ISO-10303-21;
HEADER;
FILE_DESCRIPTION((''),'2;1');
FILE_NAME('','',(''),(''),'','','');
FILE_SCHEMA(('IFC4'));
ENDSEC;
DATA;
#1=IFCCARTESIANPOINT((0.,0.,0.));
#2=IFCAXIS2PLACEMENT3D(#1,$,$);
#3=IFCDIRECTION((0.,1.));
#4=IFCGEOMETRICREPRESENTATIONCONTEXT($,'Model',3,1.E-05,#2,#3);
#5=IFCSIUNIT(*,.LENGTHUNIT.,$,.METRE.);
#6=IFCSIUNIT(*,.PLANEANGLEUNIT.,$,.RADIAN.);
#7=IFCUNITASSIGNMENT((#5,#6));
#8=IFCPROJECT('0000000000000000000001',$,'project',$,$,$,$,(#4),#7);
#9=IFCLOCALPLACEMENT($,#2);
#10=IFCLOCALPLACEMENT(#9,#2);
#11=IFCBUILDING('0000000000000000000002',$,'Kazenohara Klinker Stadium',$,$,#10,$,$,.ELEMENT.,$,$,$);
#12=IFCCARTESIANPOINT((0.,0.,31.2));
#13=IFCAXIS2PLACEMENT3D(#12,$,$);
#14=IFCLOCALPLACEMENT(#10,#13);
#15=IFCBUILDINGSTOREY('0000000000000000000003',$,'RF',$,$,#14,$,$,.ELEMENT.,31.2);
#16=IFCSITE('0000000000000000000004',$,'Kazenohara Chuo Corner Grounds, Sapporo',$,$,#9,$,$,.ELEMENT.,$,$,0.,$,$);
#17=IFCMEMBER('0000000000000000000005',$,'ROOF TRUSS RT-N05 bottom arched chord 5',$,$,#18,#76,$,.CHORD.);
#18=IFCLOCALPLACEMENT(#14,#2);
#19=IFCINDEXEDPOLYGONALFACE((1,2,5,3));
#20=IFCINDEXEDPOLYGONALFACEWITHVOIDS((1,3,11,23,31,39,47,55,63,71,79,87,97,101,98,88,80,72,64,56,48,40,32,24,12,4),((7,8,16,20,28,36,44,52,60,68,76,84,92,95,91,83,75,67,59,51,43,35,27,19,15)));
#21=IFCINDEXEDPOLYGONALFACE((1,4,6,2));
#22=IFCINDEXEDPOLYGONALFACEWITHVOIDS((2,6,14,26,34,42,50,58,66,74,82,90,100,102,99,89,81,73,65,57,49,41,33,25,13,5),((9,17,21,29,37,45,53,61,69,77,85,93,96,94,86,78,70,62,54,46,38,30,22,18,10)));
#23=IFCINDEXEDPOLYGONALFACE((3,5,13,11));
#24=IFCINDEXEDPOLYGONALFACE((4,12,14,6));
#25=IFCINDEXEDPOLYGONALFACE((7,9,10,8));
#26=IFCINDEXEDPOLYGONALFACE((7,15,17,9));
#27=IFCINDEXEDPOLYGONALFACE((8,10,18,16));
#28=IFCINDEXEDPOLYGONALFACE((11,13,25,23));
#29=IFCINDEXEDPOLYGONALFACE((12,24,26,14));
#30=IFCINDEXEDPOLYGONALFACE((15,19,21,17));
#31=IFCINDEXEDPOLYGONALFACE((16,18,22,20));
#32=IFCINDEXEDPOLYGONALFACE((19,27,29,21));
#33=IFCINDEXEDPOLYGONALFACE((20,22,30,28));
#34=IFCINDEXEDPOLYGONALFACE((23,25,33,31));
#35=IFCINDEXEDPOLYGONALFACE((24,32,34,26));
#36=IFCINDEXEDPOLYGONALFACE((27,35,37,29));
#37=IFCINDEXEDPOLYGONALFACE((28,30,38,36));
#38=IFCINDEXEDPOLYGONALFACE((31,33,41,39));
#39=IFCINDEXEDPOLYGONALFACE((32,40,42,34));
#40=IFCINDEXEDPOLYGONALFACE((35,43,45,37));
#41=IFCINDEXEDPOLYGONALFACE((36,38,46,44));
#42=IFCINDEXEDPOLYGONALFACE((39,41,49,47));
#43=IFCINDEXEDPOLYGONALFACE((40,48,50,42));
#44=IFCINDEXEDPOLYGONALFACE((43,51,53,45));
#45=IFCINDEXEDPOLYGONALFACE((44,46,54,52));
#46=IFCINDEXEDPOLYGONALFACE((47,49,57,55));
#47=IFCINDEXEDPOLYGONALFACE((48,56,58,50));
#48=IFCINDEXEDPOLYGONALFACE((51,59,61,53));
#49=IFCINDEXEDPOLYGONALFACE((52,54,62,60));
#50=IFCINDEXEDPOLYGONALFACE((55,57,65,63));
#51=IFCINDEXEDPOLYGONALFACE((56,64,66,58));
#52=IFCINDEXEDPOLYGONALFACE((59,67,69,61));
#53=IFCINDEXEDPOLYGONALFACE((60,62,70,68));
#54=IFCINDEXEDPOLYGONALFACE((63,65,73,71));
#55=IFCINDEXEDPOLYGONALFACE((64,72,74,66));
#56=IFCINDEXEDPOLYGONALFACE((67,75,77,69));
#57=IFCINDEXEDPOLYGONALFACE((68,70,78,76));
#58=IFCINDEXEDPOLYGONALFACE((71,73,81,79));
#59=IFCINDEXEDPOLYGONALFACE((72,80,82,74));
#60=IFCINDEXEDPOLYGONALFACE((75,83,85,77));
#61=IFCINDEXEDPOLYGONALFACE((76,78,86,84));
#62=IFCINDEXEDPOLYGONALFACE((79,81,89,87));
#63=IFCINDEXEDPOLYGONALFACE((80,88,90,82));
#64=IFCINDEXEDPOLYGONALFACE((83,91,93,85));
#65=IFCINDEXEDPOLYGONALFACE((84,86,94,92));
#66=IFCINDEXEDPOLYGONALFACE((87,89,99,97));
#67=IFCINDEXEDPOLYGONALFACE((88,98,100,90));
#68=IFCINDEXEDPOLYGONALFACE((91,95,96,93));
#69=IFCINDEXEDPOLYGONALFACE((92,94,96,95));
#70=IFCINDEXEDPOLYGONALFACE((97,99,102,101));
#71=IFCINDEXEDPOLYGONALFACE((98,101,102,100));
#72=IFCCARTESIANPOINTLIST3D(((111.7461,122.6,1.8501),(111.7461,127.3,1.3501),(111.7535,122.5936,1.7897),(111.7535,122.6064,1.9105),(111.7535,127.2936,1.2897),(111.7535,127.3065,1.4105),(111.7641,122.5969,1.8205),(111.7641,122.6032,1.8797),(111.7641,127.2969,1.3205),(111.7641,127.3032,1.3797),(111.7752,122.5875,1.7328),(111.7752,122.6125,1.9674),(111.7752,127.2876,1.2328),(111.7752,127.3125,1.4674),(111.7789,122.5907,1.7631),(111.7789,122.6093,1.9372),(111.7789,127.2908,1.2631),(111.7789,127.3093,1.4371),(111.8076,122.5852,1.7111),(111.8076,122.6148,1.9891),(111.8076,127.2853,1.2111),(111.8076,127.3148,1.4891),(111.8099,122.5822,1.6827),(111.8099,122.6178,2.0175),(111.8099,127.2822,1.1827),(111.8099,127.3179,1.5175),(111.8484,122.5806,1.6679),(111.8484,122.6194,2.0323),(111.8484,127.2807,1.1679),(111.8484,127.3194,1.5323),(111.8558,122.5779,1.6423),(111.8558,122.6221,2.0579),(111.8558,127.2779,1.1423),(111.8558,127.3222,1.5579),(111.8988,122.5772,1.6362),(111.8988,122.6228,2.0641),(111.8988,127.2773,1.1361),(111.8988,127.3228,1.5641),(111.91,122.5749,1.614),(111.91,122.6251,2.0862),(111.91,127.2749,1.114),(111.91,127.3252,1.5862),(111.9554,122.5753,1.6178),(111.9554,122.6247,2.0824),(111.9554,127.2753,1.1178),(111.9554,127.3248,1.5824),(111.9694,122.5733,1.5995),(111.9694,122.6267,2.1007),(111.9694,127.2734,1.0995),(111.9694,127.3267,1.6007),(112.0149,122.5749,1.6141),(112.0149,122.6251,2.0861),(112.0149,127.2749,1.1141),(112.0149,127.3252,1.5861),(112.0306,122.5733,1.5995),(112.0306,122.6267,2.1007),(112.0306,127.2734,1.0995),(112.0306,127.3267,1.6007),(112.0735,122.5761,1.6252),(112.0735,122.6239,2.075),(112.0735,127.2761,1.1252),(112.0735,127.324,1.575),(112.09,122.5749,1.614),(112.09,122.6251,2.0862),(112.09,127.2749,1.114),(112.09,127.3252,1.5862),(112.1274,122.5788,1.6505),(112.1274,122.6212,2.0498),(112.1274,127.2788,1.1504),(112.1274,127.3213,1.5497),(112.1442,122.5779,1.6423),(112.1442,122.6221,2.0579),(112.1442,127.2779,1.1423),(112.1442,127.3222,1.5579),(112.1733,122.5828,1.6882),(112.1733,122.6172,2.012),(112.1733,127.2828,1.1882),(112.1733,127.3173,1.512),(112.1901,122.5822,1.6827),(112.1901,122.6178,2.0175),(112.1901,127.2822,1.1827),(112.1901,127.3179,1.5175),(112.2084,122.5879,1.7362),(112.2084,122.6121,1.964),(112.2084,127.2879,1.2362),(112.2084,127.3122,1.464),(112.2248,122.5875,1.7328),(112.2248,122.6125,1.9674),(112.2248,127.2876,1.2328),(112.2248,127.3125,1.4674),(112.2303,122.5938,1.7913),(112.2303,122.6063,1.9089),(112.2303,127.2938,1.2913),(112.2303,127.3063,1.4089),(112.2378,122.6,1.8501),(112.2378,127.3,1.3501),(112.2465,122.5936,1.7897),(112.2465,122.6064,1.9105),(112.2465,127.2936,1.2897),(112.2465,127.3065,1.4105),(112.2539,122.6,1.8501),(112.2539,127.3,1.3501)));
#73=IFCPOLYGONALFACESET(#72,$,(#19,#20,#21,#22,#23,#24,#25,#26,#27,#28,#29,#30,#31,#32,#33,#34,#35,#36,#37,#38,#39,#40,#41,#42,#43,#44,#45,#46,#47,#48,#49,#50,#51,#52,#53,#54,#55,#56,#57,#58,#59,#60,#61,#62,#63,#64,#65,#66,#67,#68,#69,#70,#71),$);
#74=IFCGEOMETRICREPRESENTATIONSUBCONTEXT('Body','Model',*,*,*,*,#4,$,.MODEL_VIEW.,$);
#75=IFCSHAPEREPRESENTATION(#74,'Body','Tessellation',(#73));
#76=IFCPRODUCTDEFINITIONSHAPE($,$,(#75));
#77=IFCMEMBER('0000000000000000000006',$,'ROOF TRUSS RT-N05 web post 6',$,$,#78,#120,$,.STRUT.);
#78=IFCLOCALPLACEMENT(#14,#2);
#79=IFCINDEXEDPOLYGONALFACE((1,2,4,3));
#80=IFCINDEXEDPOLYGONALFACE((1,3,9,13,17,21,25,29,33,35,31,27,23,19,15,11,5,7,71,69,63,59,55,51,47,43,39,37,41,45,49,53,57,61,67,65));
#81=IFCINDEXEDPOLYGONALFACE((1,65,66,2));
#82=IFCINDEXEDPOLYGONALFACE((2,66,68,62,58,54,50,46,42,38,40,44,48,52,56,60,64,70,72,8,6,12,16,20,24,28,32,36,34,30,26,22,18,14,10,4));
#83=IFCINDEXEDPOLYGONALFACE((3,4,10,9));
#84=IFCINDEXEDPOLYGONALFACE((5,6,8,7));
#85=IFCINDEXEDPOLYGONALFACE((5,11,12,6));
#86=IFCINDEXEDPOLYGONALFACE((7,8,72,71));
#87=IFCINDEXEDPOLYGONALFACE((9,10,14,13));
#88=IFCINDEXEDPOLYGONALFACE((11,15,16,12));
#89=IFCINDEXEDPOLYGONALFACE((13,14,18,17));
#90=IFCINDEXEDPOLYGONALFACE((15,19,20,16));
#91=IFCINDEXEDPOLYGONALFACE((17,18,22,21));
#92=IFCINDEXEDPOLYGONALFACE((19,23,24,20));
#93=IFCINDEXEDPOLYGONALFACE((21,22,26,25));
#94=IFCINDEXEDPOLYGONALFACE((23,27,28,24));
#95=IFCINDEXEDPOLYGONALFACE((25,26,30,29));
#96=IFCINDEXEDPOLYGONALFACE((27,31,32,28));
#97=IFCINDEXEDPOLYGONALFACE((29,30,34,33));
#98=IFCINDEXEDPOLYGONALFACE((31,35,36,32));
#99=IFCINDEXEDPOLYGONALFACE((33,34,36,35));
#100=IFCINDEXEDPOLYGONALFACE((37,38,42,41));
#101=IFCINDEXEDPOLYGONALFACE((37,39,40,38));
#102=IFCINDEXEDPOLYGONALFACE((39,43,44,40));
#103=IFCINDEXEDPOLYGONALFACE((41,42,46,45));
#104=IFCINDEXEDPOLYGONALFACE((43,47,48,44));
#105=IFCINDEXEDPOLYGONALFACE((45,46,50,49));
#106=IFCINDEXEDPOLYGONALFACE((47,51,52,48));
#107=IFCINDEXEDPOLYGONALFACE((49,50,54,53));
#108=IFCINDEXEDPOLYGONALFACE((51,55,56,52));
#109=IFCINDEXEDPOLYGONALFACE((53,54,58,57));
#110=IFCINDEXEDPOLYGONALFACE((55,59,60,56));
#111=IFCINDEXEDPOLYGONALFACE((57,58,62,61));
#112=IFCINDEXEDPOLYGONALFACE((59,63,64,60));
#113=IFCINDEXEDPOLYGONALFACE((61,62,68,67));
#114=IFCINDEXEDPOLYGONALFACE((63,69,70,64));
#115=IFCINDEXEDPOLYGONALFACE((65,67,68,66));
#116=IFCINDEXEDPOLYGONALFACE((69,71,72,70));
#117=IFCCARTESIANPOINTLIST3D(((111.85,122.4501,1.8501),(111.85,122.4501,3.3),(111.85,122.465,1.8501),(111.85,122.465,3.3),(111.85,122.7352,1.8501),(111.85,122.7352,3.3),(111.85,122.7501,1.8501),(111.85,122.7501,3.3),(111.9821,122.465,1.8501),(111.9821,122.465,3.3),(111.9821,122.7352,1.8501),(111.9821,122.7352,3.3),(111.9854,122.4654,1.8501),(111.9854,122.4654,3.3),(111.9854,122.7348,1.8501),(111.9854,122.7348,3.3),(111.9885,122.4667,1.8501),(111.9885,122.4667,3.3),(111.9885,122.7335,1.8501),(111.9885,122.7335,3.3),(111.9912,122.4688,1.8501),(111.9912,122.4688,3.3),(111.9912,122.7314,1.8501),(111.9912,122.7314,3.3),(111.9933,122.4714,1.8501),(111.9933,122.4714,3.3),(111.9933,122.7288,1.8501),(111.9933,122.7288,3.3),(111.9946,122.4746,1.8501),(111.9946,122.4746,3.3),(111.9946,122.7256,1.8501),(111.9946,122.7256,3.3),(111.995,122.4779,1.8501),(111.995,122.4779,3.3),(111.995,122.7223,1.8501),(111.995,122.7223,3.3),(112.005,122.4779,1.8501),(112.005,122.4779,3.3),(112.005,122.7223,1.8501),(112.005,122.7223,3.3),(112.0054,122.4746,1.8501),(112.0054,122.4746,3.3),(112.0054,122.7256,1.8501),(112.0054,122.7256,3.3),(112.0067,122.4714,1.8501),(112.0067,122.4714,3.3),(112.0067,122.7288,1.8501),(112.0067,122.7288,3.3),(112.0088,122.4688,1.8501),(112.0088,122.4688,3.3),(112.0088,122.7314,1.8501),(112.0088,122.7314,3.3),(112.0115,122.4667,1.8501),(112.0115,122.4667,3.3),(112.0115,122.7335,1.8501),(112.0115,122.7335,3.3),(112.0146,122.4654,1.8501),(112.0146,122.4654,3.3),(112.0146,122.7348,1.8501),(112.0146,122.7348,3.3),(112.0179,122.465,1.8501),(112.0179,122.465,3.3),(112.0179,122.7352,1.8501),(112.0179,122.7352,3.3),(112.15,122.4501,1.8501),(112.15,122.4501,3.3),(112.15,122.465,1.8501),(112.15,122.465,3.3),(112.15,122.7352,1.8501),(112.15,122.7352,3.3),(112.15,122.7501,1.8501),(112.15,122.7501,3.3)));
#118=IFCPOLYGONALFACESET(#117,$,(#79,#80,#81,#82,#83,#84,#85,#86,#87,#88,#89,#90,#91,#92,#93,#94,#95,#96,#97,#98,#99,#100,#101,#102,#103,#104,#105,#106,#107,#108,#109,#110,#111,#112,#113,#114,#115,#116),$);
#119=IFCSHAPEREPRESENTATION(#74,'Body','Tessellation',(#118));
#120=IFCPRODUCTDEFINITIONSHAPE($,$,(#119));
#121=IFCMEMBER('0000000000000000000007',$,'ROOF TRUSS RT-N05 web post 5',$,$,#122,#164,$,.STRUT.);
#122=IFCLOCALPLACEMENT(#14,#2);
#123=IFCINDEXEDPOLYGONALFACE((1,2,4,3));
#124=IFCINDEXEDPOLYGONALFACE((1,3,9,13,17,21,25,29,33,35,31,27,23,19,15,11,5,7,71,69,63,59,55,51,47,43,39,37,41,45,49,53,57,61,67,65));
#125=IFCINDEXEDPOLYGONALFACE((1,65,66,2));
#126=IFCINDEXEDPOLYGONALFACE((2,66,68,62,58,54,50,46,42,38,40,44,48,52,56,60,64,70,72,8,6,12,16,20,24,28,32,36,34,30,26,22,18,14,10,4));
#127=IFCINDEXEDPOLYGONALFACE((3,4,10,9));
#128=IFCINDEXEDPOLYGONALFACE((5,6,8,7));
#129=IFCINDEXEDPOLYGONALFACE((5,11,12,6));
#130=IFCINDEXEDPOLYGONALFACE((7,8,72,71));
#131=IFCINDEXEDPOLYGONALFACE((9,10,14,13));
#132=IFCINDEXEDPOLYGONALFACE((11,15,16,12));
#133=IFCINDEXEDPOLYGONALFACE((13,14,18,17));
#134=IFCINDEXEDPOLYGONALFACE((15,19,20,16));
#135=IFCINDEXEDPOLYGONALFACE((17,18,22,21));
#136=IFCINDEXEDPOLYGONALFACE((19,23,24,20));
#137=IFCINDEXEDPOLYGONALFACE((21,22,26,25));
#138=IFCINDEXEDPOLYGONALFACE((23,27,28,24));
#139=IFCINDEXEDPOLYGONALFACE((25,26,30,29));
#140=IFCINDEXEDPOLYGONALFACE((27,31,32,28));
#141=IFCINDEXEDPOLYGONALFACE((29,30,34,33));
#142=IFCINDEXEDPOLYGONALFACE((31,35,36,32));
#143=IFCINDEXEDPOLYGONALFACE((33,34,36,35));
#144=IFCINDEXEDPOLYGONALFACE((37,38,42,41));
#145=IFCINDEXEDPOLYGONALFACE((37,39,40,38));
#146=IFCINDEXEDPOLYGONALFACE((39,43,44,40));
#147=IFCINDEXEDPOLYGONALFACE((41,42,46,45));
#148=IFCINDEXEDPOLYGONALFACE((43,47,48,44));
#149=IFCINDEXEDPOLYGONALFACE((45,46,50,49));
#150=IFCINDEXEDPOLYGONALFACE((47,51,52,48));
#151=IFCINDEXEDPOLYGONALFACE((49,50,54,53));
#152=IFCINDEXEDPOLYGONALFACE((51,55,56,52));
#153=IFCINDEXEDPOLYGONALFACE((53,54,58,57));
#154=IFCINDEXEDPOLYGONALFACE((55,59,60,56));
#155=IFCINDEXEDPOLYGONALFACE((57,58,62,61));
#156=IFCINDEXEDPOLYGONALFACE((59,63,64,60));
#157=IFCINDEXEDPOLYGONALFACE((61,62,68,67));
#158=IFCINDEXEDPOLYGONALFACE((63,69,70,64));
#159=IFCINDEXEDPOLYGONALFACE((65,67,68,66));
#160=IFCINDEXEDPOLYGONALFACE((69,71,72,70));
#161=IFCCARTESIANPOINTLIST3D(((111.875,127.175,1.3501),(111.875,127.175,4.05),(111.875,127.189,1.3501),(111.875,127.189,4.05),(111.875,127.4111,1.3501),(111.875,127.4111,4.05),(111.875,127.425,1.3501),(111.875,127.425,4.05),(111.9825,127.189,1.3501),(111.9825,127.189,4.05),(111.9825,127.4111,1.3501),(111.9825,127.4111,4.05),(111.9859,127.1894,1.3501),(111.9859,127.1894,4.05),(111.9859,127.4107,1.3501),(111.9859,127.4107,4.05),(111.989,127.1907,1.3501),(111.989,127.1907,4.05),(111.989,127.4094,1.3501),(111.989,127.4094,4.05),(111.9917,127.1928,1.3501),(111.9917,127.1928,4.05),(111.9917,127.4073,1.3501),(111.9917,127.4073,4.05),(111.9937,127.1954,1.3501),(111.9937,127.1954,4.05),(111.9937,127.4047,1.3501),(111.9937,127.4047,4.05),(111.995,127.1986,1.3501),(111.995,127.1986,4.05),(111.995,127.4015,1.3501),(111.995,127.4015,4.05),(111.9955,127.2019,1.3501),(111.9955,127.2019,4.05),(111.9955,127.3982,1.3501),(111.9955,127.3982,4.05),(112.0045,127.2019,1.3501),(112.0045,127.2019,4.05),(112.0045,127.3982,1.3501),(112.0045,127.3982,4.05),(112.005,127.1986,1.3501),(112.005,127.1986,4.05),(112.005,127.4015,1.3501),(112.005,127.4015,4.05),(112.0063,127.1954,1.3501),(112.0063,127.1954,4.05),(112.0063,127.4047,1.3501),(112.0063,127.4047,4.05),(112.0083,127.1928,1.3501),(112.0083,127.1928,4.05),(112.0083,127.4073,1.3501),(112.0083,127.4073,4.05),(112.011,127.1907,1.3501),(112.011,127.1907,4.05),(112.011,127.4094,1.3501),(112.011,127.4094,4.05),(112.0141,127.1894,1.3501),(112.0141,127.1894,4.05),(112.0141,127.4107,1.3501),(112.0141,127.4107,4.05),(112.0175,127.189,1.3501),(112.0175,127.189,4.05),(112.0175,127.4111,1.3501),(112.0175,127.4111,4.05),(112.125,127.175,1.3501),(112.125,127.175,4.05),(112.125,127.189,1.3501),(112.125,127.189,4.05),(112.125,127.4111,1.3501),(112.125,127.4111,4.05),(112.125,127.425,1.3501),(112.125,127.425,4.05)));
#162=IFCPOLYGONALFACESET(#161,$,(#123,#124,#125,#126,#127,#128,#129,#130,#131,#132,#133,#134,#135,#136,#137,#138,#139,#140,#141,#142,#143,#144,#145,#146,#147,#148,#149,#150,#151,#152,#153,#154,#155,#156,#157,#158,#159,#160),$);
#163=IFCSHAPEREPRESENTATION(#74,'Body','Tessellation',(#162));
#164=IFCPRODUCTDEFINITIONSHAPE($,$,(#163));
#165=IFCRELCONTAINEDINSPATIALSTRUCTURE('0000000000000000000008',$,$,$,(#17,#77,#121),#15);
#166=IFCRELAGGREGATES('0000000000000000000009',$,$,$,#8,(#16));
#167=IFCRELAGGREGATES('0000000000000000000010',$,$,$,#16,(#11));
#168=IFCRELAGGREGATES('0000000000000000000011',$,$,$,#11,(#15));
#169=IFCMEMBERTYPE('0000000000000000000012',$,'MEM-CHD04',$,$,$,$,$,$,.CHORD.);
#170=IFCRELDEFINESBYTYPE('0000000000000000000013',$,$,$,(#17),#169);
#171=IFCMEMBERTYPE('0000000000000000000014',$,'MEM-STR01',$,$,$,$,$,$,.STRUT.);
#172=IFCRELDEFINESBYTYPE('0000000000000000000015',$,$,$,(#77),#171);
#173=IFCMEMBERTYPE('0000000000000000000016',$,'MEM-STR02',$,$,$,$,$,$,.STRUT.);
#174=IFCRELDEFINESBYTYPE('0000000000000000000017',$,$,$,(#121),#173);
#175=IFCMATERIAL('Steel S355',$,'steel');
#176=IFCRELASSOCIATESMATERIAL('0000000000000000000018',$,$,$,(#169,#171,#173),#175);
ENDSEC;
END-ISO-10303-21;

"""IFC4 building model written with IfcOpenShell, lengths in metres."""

from ifc_helpers import new_model, si_unit, direction, frame, origin, origin_2d, place, context, subcontext, project, spatial, hollow_circle, i_section, extrude, material, material_profile, profile_set, type_object, element, save


model = new_model("IFC4")

# Units and contexts
model_context = context("Model", 3, precision=1e-05, world=origin(), true_north=direction((0.0, 1.0)))
body_context = subcontext(model_context, "Body", "Model", "MODEL_VIEW")
ifc_project = project(units=[si_unit("LENGTHUNIT", "METRE"), si_unit("PLANEANGLEUNIT", "RADIAN")], contexts=[model_context])

# Site, building, storey
site_placement = place(None, origin())
site = spatial("IfcSite", under=ifc_project, at=site_placement, Name="Kazenohara Chuo Corner Grounds, Sapporo", CompositionType="ELEMENT", RefElevation=0.0)
building_placement = place(site_placement, origin())
building = spatial("IfcBuilding", under=site, at=building_placement, Name="Kazenohara Klinker Stadium", CompositionType="ELEMENT")
storey_placement = place(building_placement, frame((0.0, 0.0, 31.2)))
storey = spatial("IfcBuildingStorey", under=building, at=storey_placement, Name="RF", CompositionType="ELEMENT", Elevation=31.2)

# Members
ifc_material_1 = material(Name="Steel S355", Category="steel")
ifc_material_profile_1 = material_profile(ifc_material_1, hollow_circle(Radius=0.2539, WallThickness=0.0161, at=origin_2d()), Name="CHS-508.0x16")
ifc_profile_set_1 = profile_set([ifc_material_profile_1], Name="Steel S355")
member_type_1 = type_object("IfcMemberType", Name="MEM-CHD04", PredefinedType="CHORD", material=ifc_profile_set_1)
member_1_placement = place(storey_placement, frame((112.0, 127.3, 1.3501), z_axis=(0.0, -0.994389, 0.105787), x_axis=(1.0, 0.0, 0.0)))
element("IfcMember", 1, at=member_1_placement, inside=storey, type_object=member_type_1, Name="ROOF TRUSS RT-N05 bottom arched chord 5", PredefinedType="CHORD", context=body_context, shape_type="SweptSolid", body=[
    extrude(hollow_circle(Radius=0.2539, WallThickness=0.0161, at=origin_2d()), origin(), (0.0, 0.0, 1.0), 4.7266),
])
ifc_material_profile_2 = material_profile(ifc_material_1, i_section(OverallWidth=0.3, OverallDepth=0.3, WebThickness=0.01, FlangeThickness=0.0149, FilletRadius=0.0129, at=origin_2d()), Name="H-300x300x10x15")
ifc_profile_set_2 = profile_set([ifc_material_profile_2], Name="Steel S355")
member_type_2 = type_object("IfcMemberType", Name="MEM-STR01", PredefinedType="STRUT", material=ifc_profile_set_2)
member_2_placement = place(storey_placement, frame((112.0, 122.6001, 1.8501), z_axis=(0.0, 0.0, 1.0), x_axis=(1.0, 0.0, 0.0)))
element("IfcMember", 2, at=member_2_placement, inside=storey, type_object=member_type_2, Name="ROOF TRUSS RT-N05 web post 6", PredefinedType="STRUT", context=body_context, shape_type="SweptSolid", body=[
    extrude(i_section(OverallWidth=0.3, OverallDepth=0.3, WebThickness=0.01, FlangeThickness=0.0149, FilletRadius=0.0129, at=origin_2d()), origin(), (0.0, 0.0, 1.0), 1.45),
])
ifc_material_profile_3 = material_profile(ifc_material_1, i_section(OverallWidth=0.25, OverallDepth=0.25, WebThickness=0.009, FlangeThickness=0.0139, FilletRadius=0.0129, at=origin_2d()), Name="H-250x250x9x14")
ifc_profile_set_3 = profile_set([ifc_material_profile_3], Name="Steel S355")
member_type_3 = type_object("IfcMemberType", Name="MEM-STR02", PredefinedType="STRUT", material=ifc_profile_set_3)
member_3_placement = place(storey_placement, frame((112.0, 127.3, 1.3501), z_axis=(0.0, 0.0, 1.0), x_axis=(1.0, 0.0, 0.0)))
element("IfcMember", 3, at=member_3_placement, inside=storey, type_object=member_type_3, Name="ROOF TRUSS RT-N05 web post 5", PredefinedType="STRUT", context=body_context, shape_type="SweptSolid", body=[
    extrude(i_section(OverallWidth=0.25, OverallDepth=0.25, WebThickness=0.009, FlangeThickness=0.0139, FilletRadius=0.0129, at=origin_2d()), origin(), (0.0, 0.0, 1.0), 2.7),
])

save(model, "model.ifc")
